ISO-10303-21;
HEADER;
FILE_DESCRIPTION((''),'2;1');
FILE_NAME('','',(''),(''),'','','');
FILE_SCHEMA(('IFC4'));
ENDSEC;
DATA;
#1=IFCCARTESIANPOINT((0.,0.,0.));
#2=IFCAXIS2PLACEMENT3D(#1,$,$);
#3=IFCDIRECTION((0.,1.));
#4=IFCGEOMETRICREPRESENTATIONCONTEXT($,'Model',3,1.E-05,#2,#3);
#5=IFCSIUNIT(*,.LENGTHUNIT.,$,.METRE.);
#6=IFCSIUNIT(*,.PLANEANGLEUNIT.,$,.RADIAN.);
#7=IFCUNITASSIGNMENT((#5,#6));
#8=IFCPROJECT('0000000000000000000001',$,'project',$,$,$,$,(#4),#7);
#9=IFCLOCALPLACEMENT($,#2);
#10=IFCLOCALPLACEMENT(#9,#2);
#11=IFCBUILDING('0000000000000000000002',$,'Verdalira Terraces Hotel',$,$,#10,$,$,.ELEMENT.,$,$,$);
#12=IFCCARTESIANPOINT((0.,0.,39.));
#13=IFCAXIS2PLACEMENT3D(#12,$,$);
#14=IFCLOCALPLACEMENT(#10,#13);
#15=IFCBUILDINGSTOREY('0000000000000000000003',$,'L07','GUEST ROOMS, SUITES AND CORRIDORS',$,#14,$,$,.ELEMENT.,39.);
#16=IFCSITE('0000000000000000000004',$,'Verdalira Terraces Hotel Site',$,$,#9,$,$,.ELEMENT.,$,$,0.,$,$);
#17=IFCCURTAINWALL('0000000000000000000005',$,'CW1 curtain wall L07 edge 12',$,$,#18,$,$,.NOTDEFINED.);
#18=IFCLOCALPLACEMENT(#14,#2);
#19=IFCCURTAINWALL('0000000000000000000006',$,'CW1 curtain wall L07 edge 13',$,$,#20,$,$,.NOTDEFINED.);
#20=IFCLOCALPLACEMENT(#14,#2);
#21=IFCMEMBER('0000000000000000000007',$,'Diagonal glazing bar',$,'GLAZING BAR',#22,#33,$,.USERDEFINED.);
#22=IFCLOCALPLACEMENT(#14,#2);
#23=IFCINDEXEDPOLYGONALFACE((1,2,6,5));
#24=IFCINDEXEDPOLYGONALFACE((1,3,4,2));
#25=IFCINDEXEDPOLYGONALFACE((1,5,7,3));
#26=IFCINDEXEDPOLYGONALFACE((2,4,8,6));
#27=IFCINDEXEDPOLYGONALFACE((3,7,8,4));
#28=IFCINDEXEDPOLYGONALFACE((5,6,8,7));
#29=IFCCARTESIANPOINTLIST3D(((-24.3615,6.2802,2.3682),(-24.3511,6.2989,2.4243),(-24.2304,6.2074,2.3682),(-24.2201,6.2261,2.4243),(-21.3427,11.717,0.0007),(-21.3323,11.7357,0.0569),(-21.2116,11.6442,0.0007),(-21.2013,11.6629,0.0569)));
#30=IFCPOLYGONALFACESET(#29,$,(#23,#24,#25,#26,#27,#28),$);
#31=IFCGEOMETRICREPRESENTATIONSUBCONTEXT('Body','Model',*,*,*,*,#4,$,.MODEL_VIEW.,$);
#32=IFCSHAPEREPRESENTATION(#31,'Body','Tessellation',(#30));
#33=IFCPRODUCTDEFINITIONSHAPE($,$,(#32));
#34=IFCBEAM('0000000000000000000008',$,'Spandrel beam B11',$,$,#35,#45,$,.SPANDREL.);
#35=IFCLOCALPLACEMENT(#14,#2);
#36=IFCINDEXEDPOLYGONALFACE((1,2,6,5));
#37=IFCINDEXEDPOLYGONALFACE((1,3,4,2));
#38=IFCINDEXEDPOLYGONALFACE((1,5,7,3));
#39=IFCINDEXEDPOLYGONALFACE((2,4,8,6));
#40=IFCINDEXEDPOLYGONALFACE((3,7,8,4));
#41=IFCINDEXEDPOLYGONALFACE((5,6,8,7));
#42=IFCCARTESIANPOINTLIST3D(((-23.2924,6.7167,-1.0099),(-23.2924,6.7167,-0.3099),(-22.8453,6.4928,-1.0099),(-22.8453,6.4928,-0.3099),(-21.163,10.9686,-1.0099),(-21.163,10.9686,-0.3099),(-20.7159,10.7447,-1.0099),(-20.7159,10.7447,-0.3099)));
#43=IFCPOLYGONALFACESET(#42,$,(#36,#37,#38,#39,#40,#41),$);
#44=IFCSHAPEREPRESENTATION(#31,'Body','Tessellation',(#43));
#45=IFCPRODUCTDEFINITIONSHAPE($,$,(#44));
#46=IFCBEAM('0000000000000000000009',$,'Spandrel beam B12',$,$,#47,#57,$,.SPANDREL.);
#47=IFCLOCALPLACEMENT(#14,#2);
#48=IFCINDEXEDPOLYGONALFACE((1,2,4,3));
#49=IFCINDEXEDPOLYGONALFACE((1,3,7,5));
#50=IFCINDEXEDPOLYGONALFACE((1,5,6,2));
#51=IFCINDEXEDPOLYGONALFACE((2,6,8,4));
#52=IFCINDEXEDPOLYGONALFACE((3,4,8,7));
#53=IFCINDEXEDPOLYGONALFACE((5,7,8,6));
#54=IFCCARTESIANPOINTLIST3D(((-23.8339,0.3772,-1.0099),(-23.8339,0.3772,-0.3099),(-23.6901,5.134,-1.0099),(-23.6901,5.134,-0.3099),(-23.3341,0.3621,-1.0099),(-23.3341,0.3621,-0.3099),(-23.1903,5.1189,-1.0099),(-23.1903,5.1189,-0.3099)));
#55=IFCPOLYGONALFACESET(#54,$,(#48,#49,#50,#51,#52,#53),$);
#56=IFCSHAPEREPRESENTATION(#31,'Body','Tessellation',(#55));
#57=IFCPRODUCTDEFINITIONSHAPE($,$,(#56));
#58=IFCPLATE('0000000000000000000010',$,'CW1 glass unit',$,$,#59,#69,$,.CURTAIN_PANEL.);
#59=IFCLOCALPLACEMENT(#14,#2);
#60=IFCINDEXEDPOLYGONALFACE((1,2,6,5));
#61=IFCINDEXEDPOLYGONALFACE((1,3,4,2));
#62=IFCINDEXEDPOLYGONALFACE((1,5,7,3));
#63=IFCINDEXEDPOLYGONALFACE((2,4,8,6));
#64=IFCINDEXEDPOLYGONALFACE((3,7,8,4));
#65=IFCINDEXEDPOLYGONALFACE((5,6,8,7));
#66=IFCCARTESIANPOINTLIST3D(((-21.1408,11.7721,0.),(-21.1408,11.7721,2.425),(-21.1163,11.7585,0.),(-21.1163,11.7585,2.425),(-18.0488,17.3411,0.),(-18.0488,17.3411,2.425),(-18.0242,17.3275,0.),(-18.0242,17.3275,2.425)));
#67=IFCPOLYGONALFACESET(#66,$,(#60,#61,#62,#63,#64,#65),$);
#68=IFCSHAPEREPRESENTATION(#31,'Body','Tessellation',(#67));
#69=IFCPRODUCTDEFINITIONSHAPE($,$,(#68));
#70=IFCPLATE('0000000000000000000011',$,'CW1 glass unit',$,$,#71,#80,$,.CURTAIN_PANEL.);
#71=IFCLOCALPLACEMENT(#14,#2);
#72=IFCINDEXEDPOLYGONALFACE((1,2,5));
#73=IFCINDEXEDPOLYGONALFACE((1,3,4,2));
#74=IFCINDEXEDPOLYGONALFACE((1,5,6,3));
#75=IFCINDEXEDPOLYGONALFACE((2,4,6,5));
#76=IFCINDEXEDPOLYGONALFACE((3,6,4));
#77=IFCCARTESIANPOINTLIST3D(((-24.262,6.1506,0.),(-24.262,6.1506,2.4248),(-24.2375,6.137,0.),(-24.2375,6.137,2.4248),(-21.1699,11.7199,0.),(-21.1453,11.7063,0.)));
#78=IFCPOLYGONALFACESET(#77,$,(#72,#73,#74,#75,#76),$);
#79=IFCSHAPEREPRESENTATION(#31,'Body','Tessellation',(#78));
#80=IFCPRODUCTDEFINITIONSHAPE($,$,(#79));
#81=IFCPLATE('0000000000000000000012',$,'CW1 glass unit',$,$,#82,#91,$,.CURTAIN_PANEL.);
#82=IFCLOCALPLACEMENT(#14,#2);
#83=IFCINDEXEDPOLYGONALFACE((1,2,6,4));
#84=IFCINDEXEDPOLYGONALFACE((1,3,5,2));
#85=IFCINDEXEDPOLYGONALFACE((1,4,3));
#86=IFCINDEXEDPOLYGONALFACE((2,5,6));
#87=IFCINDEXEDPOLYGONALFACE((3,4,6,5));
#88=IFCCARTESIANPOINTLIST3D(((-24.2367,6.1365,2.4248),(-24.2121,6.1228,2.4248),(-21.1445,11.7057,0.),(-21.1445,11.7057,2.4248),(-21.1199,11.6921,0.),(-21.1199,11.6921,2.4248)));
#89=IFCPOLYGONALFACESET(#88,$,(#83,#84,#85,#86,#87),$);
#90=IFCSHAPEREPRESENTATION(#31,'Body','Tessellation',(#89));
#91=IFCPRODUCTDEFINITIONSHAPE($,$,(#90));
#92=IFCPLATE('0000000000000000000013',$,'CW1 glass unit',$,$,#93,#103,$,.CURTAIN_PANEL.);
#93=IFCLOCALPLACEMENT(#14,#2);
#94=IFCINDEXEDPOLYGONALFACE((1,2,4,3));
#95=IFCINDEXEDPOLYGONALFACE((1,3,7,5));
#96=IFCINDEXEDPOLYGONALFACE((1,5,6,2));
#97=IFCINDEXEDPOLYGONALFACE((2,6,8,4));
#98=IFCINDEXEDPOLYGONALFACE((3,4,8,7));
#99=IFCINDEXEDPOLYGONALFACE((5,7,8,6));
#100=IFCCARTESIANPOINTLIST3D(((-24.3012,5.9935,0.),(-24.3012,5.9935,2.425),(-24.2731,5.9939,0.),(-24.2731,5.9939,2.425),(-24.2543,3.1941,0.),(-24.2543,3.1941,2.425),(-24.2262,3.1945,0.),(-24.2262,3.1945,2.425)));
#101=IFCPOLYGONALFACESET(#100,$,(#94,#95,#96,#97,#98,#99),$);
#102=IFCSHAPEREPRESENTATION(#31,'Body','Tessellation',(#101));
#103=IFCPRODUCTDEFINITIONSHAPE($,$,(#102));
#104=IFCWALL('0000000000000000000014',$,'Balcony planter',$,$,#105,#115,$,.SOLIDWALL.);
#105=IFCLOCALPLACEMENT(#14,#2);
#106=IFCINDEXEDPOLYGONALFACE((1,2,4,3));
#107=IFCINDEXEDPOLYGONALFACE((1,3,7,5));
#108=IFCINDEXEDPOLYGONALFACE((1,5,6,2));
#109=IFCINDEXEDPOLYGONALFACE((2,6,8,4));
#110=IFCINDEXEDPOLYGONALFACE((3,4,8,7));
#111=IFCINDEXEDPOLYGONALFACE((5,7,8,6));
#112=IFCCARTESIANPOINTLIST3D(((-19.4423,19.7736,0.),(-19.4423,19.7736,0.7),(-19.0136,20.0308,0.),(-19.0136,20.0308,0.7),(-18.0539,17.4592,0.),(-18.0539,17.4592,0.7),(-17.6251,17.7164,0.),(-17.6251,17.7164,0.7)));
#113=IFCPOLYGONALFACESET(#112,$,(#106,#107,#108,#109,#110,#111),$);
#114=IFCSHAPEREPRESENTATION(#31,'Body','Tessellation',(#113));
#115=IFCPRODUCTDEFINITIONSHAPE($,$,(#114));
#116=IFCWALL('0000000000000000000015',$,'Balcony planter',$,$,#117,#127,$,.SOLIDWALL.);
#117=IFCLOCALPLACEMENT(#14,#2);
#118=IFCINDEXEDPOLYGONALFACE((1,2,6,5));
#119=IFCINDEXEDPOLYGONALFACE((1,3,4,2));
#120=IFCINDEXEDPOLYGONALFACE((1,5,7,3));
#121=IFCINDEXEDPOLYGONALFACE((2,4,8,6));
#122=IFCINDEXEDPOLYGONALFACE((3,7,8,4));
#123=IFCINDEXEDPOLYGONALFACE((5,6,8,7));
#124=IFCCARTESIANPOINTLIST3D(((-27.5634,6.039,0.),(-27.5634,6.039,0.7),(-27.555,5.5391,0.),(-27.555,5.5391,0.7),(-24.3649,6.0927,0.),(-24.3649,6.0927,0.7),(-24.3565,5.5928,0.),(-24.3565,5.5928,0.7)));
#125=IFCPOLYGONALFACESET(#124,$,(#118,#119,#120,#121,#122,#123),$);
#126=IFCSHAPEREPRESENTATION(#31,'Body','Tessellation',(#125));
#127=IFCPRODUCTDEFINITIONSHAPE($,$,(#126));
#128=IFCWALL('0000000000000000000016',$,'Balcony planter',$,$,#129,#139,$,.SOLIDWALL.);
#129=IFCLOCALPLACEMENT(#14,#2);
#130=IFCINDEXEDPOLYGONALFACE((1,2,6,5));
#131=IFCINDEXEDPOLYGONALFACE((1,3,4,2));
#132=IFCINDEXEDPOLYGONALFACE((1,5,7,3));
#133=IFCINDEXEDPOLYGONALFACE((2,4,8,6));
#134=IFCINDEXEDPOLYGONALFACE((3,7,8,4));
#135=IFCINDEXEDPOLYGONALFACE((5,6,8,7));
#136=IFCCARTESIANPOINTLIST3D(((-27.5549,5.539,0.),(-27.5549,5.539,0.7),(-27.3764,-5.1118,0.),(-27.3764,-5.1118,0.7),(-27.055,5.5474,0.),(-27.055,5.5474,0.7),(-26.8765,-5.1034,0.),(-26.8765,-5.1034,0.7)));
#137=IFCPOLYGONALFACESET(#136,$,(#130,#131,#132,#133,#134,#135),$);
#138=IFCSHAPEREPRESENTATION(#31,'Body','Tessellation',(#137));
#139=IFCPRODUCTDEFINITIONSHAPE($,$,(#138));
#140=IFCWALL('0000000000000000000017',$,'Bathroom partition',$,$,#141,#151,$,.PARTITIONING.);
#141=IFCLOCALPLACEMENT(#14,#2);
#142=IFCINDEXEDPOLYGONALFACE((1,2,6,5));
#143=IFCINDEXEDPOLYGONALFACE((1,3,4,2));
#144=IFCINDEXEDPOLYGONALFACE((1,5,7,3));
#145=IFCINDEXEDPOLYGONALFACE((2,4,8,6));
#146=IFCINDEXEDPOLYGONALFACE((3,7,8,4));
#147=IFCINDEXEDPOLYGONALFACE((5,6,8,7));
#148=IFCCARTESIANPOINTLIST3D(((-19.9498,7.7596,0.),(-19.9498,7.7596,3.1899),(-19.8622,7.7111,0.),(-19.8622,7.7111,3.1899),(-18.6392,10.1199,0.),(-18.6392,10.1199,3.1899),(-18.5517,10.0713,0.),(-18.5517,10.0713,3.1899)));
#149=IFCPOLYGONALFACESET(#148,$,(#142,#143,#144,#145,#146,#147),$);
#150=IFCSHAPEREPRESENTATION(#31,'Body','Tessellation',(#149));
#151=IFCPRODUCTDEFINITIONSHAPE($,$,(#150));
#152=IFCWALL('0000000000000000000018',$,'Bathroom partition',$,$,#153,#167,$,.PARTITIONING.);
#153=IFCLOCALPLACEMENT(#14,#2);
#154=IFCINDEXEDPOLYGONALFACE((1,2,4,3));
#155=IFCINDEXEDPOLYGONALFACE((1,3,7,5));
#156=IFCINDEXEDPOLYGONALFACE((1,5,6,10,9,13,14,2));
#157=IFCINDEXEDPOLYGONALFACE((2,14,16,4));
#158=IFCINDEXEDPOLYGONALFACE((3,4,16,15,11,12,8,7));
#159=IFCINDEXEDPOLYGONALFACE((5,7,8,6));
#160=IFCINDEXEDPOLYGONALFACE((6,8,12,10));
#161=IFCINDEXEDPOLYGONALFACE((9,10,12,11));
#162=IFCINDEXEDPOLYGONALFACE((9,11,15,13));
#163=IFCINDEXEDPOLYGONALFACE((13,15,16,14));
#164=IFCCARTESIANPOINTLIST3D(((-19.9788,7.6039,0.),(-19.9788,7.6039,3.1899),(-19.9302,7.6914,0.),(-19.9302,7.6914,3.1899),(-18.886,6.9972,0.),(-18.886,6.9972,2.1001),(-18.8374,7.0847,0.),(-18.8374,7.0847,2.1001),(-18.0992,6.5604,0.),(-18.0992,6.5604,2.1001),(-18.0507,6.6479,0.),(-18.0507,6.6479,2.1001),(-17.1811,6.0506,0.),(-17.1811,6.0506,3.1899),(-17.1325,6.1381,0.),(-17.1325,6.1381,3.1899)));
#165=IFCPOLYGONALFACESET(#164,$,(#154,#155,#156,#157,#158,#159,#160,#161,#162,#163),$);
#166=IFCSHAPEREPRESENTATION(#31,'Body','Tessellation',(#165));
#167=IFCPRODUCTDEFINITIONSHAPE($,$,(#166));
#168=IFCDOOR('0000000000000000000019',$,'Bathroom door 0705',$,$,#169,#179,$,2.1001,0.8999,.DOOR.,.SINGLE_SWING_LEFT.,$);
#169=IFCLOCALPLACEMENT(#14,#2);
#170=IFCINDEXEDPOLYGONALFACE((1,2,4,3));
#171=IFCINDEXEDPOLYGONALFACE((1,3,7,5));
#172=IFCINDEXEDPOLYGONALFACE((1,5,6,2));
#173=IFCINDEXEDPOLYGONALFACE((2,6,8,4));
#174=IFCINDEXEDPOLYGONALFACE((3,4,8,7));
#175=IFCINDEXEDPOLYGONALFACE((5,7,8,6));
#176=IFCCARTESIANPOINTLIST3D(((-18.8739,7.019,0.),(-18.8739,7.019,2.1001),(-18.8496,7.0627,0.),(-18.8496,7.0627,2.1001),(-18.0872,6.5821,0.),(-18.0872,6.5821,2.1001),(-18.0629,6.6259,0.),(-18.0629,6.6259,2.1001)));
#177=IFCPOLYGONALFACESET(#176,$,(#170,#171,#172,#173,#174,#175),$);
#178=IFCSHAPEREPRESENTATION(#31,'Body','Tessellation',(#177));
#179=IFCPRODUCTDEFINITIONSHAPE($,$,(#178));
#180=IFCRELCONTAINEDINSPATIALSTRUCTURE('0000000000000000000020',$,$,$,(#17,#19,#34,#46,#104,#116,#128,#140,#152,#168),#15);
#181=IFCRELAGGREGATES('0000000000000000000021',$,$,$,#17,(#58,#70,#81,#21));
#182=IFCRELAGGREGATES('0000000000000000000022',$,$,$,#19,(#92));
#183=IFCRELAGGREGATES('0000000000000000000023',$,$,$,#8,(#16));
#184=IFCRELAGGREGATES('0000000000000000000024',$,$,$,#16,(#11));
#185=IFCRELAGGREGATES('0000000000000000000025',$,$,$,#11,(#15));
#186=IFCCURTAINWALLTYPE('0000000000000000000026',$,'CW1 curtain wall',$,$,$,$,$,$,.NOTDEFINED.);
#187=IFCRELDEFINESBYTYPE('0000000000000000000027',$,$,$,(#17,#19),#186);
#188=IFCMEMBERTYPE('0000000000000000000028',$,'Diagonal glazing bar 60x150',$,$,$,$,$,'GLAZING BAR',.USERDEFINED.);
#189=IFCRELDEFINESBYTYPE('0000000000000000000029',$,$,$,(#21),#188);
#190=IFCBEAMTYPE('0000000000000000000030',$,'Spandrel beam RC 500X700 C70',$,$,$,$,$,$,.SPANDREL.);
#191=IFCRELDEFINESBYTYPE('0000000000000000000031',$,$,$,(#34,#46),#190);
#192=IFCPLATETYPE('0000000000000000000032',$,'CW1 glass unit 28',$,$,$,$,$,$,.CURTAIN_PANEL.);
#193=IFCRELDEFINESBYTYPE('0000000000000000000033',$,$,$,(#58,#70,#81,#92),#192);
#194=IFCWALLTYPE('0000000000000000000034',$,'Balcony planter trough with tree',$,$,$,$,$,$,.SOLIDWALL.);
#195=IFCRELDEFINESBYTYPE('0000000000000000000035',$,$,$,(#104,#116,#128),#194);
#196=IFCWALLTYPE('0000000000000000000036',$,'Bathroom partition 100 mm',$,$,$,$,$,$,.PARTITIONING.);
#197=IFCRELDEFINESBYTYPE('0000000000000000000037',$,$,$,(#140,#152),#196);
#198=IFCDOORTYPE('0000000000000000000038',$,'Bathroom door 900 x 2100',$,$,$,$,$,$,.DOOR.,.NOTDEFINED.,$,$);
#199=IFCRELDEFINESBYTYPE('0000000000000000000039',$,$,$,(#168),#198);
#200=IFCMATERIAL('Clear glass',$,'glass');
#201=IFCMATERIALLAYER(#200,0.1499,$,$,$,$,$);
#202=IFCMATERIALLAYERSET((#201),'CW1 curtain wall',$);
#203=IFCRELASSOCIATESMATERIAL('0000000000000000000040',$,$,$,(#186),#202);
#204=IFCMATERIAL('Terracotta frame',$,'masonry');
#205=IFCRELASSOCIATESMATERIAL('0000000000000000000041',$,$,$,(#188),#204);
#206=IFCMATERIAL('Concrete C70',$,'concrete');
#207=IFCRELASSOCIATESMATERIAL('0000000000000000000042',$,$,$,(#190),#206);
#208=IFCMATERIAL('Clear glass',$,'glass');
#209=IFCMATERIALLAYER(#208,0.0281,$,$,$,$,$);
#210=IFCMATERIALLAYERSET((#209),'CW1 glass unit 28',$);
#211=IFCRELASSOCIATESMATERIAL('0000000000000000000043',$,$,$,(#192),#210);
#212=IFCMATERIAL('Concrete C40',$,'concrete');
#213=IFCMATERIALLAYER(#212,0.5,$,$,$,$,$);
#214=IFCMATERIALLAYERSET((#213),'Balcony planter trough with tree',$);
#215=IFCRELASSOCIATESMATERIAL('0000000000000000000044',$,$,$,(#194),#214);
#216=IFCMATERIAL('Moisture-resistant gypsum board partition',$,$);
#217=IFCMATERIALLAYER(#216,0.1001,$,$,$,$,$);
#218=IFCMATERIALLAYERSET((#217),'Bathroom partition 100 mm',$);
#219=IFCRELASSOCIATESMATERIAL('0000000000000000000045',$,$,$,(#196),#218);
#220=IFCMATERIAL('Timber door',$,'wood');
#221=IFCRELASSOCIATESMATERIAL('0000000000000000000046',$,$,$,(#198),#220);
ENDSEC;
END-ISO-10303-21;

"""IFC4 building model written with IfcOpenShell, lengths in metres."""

from ifc_helpers import new_model, si_unit, direction, frame, frame_2d, origin, origin_2d, place, context, subcontext, project, spatial, polyline, rectangle, outline, extrude, material, layer, layer_set, material_profile, profile_set, type_object, element, fill, aggregate, save


model = new_model("IFC4")

# Units and contexts
model_context = context("Model", 3, precision=1e-05, world=origin(), true_north=direction((0.0, 1.0)))
body_context = subcontext(model_context, "Body", "Model", "MODEL_VIEW")
ifc_project = project(units=[si_unit("LENGTHUNIT", "METRE"), si_unit("PLANEANGLEUNIT", "RADIAN")], contexts=[model_context])

# Site, building, storey
site_placement = place(None, origin())
site = spatial("IfcSite", under=ifc_project, at=site_placement, Name="Verdalira Terraces Hotel Site", CompositionType="ELEMENT", RefElevation=0.0)
building_placement = place(site_placement, origin())
building = spatial("IfcBuilding", under=site, at=building_placement, Name="Verdalira Terraces Hotel", CompositionType="ELEMENT")
storey_placement = place(building_placement, frame((0.0, 0.0, 39.0)))
storey = spatial("IfcBuildingStorey", under=building, at=storey_placement, Name="L07", Description="GUEST ROOMS, SUITES AND CORRIDORS", CompositionType="ELEMENT", Elevation=39.0)

# Shared definitions
ifc_material_1 = material(Name="Clear glass", Category="glass")
ifc_layer_1 = layer(ifc_material_1, 0.1499)
ifc_layer_set_1 = layer_set([ifc_layer_1], Name="CW1 curtain wall")
curtain_wall_type = type_object("IfcCurtainWallType", Name="CW1 curtain wall", PredefinedType="NOTDEFINED", material=ifc_layer_set_1)

# Curtain wall
curtain_wall_1_placement = place(storey_placement, origin())
curtain_wall_1 = element("IfcCurtainWall", 1, at=curtain_wall_1_placement, inside=storey, type_object=curtain_wall_type, Name="CW1 curtain wall L07 edge 12", PredefinedType="NOTDEFINED")

# Curtain wall
curtain_wall_2_placement = place(storey_placement, origin())
curtain_wall_2 = element("IfcCurtainWall", 2, at=curtain_wall_2_placement, inside=storey, type_object=curtain_wall_type, Name="CW1 curtain wall L07 edge 13", PredefinedType="NOTDEFINED")

# Member
ifc_material_2 = material(Name="Terracotta frame", Category="masonry")
ifc_material_profile_1 = material_profile(ifc_material_2, rectangle(XDim=0.1499, YDim=0.0601, at=origin_2d()), Name="GB 60x150")
ifc_profile_set_1 = profile_set([ifc_material_profile_1], Name="Terracotta frame")
member_type_1 = type_object("IfcMemberType", Name="Diagonal glazing bar 60x150", ElementType="GLAZING BAR", PredefinedType="USERDEFINED", material=ifc_profile_set_1)
member_1_placement = place(storey_placement, frame((-21.272, 11.6899, 0.0288), z_axis=(-0.453679, -0.817062, 0.355788), x_axis=(0.874268, -0.485443, 0.0)))
member_1 = element("IfcMember", 3, at=member_1_placement, type_object=member_type_1, Name="Diagonal glazing bar", ObjectType="GLAZING BAR", PredefinedType="USERDEFINED", context=body_context, shape_type="SweptSolid", body=[
    extrude(rectangle(XDim=0.1499, YDim=0.0601, at=origin_2d()), origin(), (0.0, 0.0, 1.0), 6.6541),
])

# Beams
ifc_material_3 = material(Name="Concrete C70", Category="concrete")
ifc_material_profile_2 = material_profile(ifc_material_3, rectangle(XDim=0.5, YDim=0.7, at=origin_2d()), Name="RC 500X700")
ifc_profile_set_2 = profile_set([ifc_material_profile_2], Name="Concrete C70")
beam_type_1 = type_object("IfcBeamType", Name="Spandrel beam RC 500X700 C70", PredefinedType="SPANDREL", material=ifc_profile_set_2)
beam_1_placement = place(storey_placement, frame((-20.9395, 10.8567, -0.6599), z_axis=(-0.447789, -0.89414, 0.0), x_axis=(0.89414, -0.447789, 0.0)))
element("IfcBeam", 4, at=beam_1_placement, inside=storey, type_object=beam_type_1, Name="Spandrel beam B11", PredefinedType="SPANDREL", context=body_context, shape_type="SweptSolid", body=[
    extrude(rectangle(XDim=0.5, YDim=0.7, at=origin_2d()), origin(), (0.0, 0.0, 1.0), 4.7554),
])
beam_2_placement = place(storey_placement, frame((-23.4402, 5.1265, -0.6599), z_axis=(-0.030216, -0.999543, 0.0), x_axis=(0.999543, -0.030216, 0.0)))
element("IfcBeam", 5, at=beam_2_placement, inside=storey, type_object=beam_type_1, Name="Spandrel beam B12", PredefinedType="SPANDREL", context=body_context, shape_type="SweptSolid", body=[
    extrude(rectangle(XDim=0.5, YDim=0.7, at=origin_2d()), origin(), (0.0, 0.0, 1.0), 4.759),
])

# Plates
ifc_material_4 = material(Name="Clear glass", Category="glass")
ifc_layer_2 = layer(ifc_material_4, 0.0281)
ifc_layer_set_2 = layer_set([ifc_layer_2], Name="CW1 glass unit 28")
plate_type = type_object("IfcPlateType", Name="CW1 glass unit 28", PredefinedType="CURTAIN_PANEL", material=ifc_layer_set_2)
plate_1_placement = place(storey_placement, frame((-19.5825, 14.5498, 0.0), z_axis=(0.0, 0.0, 1.0), x_axis=(-0.48542, -0.874281, 0.0)))
plate_1 = element("IfcPlate", 6, at=plate_1_placement, type_object=plate_type, Name="CW1 glass unit", PredefinedType="CURTAIN_PANEL", context=body_context, shape_type="SweptSolid", body=[
    extrude(rectangle(XDim=6.3699, YDim=0.0281, at=origin_2d()), origin(), (0.0, 0.0, 1.0), 2.425),
])
plate_2_placement = place(storey_placement, frame((-22.6914, 8.9216, 1.2124), z_axis=(-0.874281, 0.48542, 0.0), x_axis=(-0.48542, -0.874281, 0.0)))
plate_2 = element("IfcPlate", 7, at=plate_2_placement, type_object=plate_type, Name="CW1 glass unit", PredefinedType="CURTAIN_PANEL", context=body_context, shape_type="SweptSolid", body=[
    extrude(outline(polyline([(-3.1851, -1.2124), (3.1851, -1.2124), (3.1851, 1.2124), (-3.1851, -1.2124)])), origin(), (0.0, 0.0, 1.0), 0.0281),
])
plate_3_placement = place(storey_placement, frame((-22.666, 8.9075, 1.2124), z_axis=(-0.874281, 0.48542, 0.0), x_axis=(-0.48542, -0.874281, 0.0)))
plate_3 = element("IfcPlate", 8, at=plate_3_placement, type_object=plate_type, Name="CW1 glass unit", PredefinedType="CURTAIN_PANEL", context=body_context, shape_type="SweptSolid", body=[
    extrude(outline(polyline([(-3.1851, -1.2124), (3.1851, 1.2124), (-3.1851, 1.2124), (-3.1851, -1.2124)])), origin(), (0.0, 0.0, 1.0), 0.0281),
])
aggregate(curtain_wall_1, [plate_1, plate_2, plate_3, member_1])
plate_4_placement = place(storey_placement, frame((-24.2637, 4.594, 0.0), z_axis=(0.0, 0.0, 1.0), x_axis=(0.016754, -0.99986, 0.0)))
plate_4 = element("IfcPlate", 9, at=plate_4_placement, type_object=plate_type, Name="CW1 glass unit", PredefinedType="CURTAIN_PANEL", context=body_context, shape_type="SweptSolid", body=[
    extrude(rectangle(XDim=2.7998, YDim=0.0281, at=origin_2d()), origin(), (0.0, 0.0, 1.0), 2.425),
])
aggregate(curtain_wall_2, [plate_4])

# Walls
ifc_material_5 = material(Name="Concrete C40", Category="concrete")
ifc_layer_3 = layer(ifc_material_5, 0.5)
ifc_layer_set_3 = layer_set([ifc_layer_3], Name="Balcony planter trough with tree")
wall_type_1 = type_object("IfcWallType", Name="Balcony planter trough with tree", PredefinedType="SOLIDWALL", material=ifc_layer_set_3)
wall_1_placement = place(storey_placement, frame((-19.228, 19.9023, 0.0), z_axis=(0.0, 0.0, 1.0), x_axis=(0.514429, -0.857533, 0.0)))
element("IfcWall", 10, at=wall_1_placement, inside=storey, type_object=wall_type_1, Name="Balcony planter", PredefinedType="SOLIDWALL", context=body_context, shape_type="SweptSolid", body=[
    extrude(rectangle(XDim=2.699, YDim=0.5, at=frame_2d((1.3496, 0.0))), origin(), (0.0, 0.0, 1.0), 0.7),
])
wall_2_placement = place(storey_placement, frame((-24.3606, 5.8428, 0.0), z_axis=(0.0, 0.0, 1.0), x_axis=(-0.999859, -0.01679, 0.0)))
element("IfcWall", 11, at=wall_2_placement, inside=storey, type_object=wall_type_1, Name="Balcony planter", PredefinedType="SOLIDWALL", context=body_context, shape_type="SweptSolid", body=[
    extrude(rectangle(XDim=3.199, YDim=0.5, at=frame_2d((1.5996, 0.0))), origin(), (0.0, 0.0, 1.0), 0.7),
])
wall_3_placement = place(storey_placement, frame((-27.3049, 5.5432, 0.0), z_axis=(0.0, 0.0, 1.0), x_axis=(0.016754, -0.99986, 0.0)))
element("IfcWall", 12, at=wall_3_placement, inside=storey, type_object=wall_type_1, Name="Balcony planter", PredefinedType="SOLIDWALL", context=body_context, shape_type="SweptSolid", body=[
    extrude(rectangle(XDim=10.6523, YDim=0.5, at=frame_2d((5.3262, 0.0))), origin(), (0.0, 0.0, 1.0), 0.7),
])
ifc_material_6 = material(Name="Moisture-resistant gypsum board partition")
ifc_layer_4 = layer(ifc_material_6, 0.1001)
ifc_layer_set_4 = layer_set([ifc_layer_4], Name="Bathroom partition 100 mm")
wall_type_2 = type_object("IfcWallType", Name="Bathroom partition 100 mm", PredefinedType="PARTITIONING", material=ifc_layer_set_4)
wall_4_placement = place(storey_placement, frame((-19.906, 7.7354, 0.0), z_axis=(0.0, 0.0, 1.0), x_axis=(0.485428, 0.874277, 0.0)))
element("IfcWall", 13, at=wall_4_placement, inside=storey, type_object=wall_type_2, Name="Bathroom partition", PredefinedType="PARTITIONING", context=body_context, shape_type="SweptSolid", body=[
    extrude(rectangle(XDim=2.6997, YDim=0.1001, at=frame_2d((1.3499, 0.0))), origin(), (0.0, 0.0, 1.0), 3.1899),
])

# Wall, opening, door
wall_5_placement = place(storey_placement, frame((-19.9546, 7.6477, 0.0), z_axis=(0.0, 0.0, 1.0), x_axis=(0.87429, -0.485403, 0.0)))
wall_5 = element("IfcWall", 14, at=wall_5_placement, inside=storey, type_object=wall_type_2, Name="Bathroom partition", PredefinedType="PARTITIONING", context=body_context, shape_type="SweptSolid", body=[
    extrude(rectangle(XDim=3.2, YDim=0.1001, at=frame_2d((1.6001, 0.0))), origin(), (0.0, 0.0, 1.0), 3.1899),
])
opening_1_placement = place(wall_5_placement, frame((1.25, 0.0, 0.0)))
opening_1 = element("IfcOpeningElement", 15, at=opening_1_placement, cuts=wall_5, PredefinedType="OPENING", context=body_context, shape_type="SweptSolid", body=[
    extrude(rectangle(XDim=0.8999, YDim=2.1001, at=frame_2d((0.45, 1.05))), frame((0.0, 0.0601, 0.0), z_axis=(0.0, -1.0, 0.0), x_axis=(1.0, 0.0, 0.0)), (0.0, 0.0, 1.0), 0.1201),
])
ifc_material_7 = material(Name="Timber door", Category="wood")
door_type_1 = type_object("IfcDoorType", Name="Bathroom door 900 x 2100", OperationType="NOTDEFINED", PredefinedType="DOOR", material=ifc_material_7)
door_1_placement = place(opening_1_placement, origin())
door_1 = element("IfcDoor", 16, at=door_1_placement, inside=storey, type_object=door_type_1, Name="Bathroom door 0705", OperationType="SINGLE_SWING_LEFT", OverallHeight=2.1001, OverallWidth=0.8999, PredefinedType="DOOR", context=body_context, shape_type="SweptSolid", body=[
    extrude(rectangle(XDim=0.8999, YDim=2.1001, at=frame_2d((0.45, 1.05))), frame((0.0, 0.0249, 0.0), z_axis=(0.0, -1.0, 0.0), x_axis=(1.0, 0.0, 0.0)), (0.0, 0.0, 1.0), 0.05),
])
fill(opening_1, door_1)

save(model, "model.ifc")
